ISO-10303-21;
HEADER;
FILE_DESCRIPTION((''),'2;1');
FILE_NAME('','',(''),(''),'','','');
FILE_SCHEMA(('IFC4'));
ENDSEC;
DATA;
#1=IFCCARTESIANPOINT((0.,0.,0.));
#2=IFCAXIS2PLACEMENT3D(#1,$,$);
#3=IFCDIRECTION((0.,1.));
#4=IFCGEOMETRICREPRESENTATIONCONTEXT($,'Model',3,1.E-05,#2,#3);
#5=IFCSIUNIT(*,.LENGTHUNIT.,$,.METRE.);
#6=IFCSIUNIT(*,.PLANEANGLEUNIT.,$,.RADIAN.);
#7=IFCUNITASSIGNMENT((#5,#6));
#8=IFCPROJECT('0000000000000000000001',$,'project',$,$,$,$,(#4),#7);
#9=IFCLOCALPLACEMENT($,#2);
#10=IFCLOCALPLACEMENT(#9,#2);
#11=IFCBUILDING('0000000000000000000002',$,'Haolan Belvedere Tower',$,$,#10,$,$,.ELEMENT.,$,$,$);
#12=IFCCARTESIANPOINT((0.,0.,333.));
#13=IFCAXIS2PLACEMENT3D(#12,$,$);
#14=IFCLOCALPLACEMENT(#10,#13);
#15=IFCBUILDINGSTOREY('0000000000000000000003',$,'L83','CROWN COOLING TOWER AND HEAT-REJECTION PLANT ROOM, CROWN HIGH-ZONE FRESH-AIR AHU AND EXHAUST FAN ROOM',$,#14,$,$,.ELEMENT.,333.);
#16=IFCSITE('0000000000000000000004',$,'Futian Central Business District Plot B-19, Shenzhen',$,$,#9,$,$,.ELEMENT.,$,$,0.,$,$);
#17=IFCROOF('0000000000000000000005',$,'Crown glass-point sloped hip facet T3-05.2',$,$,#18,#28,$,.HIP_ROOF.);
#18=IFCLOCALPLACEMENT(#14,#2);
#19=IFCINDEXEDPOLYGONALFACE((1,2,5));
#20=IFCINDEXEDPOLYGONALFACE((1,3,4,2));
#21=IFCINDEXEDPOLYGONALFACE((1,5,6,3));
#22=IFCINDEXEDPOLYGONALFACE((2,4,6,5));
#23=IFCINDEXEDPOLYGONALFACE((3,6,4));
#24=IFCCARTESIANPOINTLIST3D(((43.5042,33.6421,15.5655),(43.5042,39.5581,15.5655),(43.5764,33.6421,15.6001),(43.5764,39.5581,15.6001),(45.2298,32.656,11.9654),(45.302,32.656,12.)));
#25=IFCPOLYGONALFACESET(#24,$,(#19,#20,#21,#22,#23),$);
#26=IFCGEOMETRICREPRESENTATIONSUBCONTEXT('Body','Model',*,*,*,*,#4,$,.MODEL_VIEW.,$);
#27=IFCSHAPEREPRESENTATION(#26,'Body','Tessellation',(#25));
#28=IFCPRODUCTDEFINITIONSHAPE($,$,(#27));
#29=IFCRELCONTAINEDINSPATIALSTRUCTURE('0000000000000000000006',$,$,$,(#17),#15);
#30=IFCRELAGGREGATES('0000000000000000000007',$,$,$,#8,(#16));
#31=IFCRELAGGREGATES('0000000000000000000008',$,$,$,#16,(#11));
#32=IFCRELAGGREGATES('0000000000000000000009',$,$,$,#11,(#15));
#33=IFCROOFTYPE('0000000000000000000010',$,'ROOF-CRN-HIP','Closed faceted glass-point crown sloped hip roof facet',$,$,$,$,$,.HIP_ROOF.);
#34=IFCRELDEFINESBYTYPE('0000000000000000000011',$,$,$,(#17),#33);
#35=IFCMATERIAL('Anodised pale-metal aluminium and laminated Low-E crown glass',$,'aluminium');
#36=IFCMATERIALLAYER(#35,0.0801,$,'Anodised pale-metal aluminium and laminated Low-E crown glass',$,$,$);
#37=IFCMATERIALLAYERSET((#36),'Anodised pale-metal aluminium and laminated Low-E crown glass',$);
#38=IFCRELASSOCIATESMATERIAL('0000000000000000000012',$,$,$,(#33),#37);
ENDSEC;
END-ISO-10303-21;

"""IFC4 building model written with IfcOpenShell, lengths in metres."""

from ifc_helpers import new_model, si_unit, direction, frame, origin, place, context, subcontext, project, spatial, polyline, outline, extrude, material, layer, layer_set, type_object, element, save


model = new_model("IFC4")

# Units and contexts
model_context = context("Model", 3, precision=1e-05, world=origin(), true_north=direction((0.0, 1.0)))
body_context = subcontext(model_context, "Body", "Model", "MODEL_VIEW")
ifc_project = project(units=[si_unit("LENGTHUNIT", "METRE"), si_unit("PLANEANGLEUNIT", "RADIAN")], contexts=[model_context])

# Site, building, storey
site_placement = place(None, origin())
site = spatial("IfcSite", under=ifc_project, at=site_placement, Name="Futian Central Business District Plot B-19, Shenzhen", CompositionType="ELEMENT", RefElevation=0.0)
building_placement = place(site_placement, origin())
building = spatial("IfcBuilding", under=site, at=building_placement, Name="Haolan Belvedere Tower", CompositionType="ELEMENT")
storey_placement = place(building_placement, frame((0.0, 0.0, 333.0)))
storey = spatial("IfcBuildingStorey", under=building, at=storey_placement, Name="L83", Description="CROWN COOLING TOWER AND HEAT-REJECTION PLANT ROOM, CROWN HIGH-ZONE FRESH-AIR AHU AND EXHAUST FAN ROOM", CompositionType="ELEMENT", Elevation=333.0)

# Roof
ifc_material_1 = material(Name="Anodised pale-metal aluminium and laminated Low-E crown glass", Category="aluminium")
ifc_layer_1 = layer(ifc_material_1, 0.0801, Name="Anodised pale-metal aluminium and laminated Low-E crown glass")
ifc_layer_set_1 = layer_set([ifc_layer_1], Name="Anodised pale-metal aluminium and laminated Low-E crown glass")
roof_type_1 = type_object("IfcRoofType", Name="ROOF-CRN-HIP", Description="Closed faceted glass-point crown sloped hip roof facet", PredefinedType="HIP_ROOF", material=ifc_layer_set_1)
roof_1_placement = place(storey_placement, frame((45.302, 32.656, 12.0), z_axis=(0.901763, 0.0, 0.43223), x_axis=(-0.216414, 0.865626, 0.451506)))
element("IfcRoof", 1, at=roof_1_placement, inside=storey, type_object=roof_type_1, Name="Crown glass-point sloped hip facet T3-05.2", PredefinedType="HIP_ROOF", context=body_context, shape_type="SweptSolid", body=[
    extrude(outline(polyline([(0.0, 0.0), (7.9735, 0.0), (2.8525, 2.9621), (0.0, 0.0)])), origin(), (0.0, 0.0, -1.0), 0.0801),
])

save(model, "model.ifc")
